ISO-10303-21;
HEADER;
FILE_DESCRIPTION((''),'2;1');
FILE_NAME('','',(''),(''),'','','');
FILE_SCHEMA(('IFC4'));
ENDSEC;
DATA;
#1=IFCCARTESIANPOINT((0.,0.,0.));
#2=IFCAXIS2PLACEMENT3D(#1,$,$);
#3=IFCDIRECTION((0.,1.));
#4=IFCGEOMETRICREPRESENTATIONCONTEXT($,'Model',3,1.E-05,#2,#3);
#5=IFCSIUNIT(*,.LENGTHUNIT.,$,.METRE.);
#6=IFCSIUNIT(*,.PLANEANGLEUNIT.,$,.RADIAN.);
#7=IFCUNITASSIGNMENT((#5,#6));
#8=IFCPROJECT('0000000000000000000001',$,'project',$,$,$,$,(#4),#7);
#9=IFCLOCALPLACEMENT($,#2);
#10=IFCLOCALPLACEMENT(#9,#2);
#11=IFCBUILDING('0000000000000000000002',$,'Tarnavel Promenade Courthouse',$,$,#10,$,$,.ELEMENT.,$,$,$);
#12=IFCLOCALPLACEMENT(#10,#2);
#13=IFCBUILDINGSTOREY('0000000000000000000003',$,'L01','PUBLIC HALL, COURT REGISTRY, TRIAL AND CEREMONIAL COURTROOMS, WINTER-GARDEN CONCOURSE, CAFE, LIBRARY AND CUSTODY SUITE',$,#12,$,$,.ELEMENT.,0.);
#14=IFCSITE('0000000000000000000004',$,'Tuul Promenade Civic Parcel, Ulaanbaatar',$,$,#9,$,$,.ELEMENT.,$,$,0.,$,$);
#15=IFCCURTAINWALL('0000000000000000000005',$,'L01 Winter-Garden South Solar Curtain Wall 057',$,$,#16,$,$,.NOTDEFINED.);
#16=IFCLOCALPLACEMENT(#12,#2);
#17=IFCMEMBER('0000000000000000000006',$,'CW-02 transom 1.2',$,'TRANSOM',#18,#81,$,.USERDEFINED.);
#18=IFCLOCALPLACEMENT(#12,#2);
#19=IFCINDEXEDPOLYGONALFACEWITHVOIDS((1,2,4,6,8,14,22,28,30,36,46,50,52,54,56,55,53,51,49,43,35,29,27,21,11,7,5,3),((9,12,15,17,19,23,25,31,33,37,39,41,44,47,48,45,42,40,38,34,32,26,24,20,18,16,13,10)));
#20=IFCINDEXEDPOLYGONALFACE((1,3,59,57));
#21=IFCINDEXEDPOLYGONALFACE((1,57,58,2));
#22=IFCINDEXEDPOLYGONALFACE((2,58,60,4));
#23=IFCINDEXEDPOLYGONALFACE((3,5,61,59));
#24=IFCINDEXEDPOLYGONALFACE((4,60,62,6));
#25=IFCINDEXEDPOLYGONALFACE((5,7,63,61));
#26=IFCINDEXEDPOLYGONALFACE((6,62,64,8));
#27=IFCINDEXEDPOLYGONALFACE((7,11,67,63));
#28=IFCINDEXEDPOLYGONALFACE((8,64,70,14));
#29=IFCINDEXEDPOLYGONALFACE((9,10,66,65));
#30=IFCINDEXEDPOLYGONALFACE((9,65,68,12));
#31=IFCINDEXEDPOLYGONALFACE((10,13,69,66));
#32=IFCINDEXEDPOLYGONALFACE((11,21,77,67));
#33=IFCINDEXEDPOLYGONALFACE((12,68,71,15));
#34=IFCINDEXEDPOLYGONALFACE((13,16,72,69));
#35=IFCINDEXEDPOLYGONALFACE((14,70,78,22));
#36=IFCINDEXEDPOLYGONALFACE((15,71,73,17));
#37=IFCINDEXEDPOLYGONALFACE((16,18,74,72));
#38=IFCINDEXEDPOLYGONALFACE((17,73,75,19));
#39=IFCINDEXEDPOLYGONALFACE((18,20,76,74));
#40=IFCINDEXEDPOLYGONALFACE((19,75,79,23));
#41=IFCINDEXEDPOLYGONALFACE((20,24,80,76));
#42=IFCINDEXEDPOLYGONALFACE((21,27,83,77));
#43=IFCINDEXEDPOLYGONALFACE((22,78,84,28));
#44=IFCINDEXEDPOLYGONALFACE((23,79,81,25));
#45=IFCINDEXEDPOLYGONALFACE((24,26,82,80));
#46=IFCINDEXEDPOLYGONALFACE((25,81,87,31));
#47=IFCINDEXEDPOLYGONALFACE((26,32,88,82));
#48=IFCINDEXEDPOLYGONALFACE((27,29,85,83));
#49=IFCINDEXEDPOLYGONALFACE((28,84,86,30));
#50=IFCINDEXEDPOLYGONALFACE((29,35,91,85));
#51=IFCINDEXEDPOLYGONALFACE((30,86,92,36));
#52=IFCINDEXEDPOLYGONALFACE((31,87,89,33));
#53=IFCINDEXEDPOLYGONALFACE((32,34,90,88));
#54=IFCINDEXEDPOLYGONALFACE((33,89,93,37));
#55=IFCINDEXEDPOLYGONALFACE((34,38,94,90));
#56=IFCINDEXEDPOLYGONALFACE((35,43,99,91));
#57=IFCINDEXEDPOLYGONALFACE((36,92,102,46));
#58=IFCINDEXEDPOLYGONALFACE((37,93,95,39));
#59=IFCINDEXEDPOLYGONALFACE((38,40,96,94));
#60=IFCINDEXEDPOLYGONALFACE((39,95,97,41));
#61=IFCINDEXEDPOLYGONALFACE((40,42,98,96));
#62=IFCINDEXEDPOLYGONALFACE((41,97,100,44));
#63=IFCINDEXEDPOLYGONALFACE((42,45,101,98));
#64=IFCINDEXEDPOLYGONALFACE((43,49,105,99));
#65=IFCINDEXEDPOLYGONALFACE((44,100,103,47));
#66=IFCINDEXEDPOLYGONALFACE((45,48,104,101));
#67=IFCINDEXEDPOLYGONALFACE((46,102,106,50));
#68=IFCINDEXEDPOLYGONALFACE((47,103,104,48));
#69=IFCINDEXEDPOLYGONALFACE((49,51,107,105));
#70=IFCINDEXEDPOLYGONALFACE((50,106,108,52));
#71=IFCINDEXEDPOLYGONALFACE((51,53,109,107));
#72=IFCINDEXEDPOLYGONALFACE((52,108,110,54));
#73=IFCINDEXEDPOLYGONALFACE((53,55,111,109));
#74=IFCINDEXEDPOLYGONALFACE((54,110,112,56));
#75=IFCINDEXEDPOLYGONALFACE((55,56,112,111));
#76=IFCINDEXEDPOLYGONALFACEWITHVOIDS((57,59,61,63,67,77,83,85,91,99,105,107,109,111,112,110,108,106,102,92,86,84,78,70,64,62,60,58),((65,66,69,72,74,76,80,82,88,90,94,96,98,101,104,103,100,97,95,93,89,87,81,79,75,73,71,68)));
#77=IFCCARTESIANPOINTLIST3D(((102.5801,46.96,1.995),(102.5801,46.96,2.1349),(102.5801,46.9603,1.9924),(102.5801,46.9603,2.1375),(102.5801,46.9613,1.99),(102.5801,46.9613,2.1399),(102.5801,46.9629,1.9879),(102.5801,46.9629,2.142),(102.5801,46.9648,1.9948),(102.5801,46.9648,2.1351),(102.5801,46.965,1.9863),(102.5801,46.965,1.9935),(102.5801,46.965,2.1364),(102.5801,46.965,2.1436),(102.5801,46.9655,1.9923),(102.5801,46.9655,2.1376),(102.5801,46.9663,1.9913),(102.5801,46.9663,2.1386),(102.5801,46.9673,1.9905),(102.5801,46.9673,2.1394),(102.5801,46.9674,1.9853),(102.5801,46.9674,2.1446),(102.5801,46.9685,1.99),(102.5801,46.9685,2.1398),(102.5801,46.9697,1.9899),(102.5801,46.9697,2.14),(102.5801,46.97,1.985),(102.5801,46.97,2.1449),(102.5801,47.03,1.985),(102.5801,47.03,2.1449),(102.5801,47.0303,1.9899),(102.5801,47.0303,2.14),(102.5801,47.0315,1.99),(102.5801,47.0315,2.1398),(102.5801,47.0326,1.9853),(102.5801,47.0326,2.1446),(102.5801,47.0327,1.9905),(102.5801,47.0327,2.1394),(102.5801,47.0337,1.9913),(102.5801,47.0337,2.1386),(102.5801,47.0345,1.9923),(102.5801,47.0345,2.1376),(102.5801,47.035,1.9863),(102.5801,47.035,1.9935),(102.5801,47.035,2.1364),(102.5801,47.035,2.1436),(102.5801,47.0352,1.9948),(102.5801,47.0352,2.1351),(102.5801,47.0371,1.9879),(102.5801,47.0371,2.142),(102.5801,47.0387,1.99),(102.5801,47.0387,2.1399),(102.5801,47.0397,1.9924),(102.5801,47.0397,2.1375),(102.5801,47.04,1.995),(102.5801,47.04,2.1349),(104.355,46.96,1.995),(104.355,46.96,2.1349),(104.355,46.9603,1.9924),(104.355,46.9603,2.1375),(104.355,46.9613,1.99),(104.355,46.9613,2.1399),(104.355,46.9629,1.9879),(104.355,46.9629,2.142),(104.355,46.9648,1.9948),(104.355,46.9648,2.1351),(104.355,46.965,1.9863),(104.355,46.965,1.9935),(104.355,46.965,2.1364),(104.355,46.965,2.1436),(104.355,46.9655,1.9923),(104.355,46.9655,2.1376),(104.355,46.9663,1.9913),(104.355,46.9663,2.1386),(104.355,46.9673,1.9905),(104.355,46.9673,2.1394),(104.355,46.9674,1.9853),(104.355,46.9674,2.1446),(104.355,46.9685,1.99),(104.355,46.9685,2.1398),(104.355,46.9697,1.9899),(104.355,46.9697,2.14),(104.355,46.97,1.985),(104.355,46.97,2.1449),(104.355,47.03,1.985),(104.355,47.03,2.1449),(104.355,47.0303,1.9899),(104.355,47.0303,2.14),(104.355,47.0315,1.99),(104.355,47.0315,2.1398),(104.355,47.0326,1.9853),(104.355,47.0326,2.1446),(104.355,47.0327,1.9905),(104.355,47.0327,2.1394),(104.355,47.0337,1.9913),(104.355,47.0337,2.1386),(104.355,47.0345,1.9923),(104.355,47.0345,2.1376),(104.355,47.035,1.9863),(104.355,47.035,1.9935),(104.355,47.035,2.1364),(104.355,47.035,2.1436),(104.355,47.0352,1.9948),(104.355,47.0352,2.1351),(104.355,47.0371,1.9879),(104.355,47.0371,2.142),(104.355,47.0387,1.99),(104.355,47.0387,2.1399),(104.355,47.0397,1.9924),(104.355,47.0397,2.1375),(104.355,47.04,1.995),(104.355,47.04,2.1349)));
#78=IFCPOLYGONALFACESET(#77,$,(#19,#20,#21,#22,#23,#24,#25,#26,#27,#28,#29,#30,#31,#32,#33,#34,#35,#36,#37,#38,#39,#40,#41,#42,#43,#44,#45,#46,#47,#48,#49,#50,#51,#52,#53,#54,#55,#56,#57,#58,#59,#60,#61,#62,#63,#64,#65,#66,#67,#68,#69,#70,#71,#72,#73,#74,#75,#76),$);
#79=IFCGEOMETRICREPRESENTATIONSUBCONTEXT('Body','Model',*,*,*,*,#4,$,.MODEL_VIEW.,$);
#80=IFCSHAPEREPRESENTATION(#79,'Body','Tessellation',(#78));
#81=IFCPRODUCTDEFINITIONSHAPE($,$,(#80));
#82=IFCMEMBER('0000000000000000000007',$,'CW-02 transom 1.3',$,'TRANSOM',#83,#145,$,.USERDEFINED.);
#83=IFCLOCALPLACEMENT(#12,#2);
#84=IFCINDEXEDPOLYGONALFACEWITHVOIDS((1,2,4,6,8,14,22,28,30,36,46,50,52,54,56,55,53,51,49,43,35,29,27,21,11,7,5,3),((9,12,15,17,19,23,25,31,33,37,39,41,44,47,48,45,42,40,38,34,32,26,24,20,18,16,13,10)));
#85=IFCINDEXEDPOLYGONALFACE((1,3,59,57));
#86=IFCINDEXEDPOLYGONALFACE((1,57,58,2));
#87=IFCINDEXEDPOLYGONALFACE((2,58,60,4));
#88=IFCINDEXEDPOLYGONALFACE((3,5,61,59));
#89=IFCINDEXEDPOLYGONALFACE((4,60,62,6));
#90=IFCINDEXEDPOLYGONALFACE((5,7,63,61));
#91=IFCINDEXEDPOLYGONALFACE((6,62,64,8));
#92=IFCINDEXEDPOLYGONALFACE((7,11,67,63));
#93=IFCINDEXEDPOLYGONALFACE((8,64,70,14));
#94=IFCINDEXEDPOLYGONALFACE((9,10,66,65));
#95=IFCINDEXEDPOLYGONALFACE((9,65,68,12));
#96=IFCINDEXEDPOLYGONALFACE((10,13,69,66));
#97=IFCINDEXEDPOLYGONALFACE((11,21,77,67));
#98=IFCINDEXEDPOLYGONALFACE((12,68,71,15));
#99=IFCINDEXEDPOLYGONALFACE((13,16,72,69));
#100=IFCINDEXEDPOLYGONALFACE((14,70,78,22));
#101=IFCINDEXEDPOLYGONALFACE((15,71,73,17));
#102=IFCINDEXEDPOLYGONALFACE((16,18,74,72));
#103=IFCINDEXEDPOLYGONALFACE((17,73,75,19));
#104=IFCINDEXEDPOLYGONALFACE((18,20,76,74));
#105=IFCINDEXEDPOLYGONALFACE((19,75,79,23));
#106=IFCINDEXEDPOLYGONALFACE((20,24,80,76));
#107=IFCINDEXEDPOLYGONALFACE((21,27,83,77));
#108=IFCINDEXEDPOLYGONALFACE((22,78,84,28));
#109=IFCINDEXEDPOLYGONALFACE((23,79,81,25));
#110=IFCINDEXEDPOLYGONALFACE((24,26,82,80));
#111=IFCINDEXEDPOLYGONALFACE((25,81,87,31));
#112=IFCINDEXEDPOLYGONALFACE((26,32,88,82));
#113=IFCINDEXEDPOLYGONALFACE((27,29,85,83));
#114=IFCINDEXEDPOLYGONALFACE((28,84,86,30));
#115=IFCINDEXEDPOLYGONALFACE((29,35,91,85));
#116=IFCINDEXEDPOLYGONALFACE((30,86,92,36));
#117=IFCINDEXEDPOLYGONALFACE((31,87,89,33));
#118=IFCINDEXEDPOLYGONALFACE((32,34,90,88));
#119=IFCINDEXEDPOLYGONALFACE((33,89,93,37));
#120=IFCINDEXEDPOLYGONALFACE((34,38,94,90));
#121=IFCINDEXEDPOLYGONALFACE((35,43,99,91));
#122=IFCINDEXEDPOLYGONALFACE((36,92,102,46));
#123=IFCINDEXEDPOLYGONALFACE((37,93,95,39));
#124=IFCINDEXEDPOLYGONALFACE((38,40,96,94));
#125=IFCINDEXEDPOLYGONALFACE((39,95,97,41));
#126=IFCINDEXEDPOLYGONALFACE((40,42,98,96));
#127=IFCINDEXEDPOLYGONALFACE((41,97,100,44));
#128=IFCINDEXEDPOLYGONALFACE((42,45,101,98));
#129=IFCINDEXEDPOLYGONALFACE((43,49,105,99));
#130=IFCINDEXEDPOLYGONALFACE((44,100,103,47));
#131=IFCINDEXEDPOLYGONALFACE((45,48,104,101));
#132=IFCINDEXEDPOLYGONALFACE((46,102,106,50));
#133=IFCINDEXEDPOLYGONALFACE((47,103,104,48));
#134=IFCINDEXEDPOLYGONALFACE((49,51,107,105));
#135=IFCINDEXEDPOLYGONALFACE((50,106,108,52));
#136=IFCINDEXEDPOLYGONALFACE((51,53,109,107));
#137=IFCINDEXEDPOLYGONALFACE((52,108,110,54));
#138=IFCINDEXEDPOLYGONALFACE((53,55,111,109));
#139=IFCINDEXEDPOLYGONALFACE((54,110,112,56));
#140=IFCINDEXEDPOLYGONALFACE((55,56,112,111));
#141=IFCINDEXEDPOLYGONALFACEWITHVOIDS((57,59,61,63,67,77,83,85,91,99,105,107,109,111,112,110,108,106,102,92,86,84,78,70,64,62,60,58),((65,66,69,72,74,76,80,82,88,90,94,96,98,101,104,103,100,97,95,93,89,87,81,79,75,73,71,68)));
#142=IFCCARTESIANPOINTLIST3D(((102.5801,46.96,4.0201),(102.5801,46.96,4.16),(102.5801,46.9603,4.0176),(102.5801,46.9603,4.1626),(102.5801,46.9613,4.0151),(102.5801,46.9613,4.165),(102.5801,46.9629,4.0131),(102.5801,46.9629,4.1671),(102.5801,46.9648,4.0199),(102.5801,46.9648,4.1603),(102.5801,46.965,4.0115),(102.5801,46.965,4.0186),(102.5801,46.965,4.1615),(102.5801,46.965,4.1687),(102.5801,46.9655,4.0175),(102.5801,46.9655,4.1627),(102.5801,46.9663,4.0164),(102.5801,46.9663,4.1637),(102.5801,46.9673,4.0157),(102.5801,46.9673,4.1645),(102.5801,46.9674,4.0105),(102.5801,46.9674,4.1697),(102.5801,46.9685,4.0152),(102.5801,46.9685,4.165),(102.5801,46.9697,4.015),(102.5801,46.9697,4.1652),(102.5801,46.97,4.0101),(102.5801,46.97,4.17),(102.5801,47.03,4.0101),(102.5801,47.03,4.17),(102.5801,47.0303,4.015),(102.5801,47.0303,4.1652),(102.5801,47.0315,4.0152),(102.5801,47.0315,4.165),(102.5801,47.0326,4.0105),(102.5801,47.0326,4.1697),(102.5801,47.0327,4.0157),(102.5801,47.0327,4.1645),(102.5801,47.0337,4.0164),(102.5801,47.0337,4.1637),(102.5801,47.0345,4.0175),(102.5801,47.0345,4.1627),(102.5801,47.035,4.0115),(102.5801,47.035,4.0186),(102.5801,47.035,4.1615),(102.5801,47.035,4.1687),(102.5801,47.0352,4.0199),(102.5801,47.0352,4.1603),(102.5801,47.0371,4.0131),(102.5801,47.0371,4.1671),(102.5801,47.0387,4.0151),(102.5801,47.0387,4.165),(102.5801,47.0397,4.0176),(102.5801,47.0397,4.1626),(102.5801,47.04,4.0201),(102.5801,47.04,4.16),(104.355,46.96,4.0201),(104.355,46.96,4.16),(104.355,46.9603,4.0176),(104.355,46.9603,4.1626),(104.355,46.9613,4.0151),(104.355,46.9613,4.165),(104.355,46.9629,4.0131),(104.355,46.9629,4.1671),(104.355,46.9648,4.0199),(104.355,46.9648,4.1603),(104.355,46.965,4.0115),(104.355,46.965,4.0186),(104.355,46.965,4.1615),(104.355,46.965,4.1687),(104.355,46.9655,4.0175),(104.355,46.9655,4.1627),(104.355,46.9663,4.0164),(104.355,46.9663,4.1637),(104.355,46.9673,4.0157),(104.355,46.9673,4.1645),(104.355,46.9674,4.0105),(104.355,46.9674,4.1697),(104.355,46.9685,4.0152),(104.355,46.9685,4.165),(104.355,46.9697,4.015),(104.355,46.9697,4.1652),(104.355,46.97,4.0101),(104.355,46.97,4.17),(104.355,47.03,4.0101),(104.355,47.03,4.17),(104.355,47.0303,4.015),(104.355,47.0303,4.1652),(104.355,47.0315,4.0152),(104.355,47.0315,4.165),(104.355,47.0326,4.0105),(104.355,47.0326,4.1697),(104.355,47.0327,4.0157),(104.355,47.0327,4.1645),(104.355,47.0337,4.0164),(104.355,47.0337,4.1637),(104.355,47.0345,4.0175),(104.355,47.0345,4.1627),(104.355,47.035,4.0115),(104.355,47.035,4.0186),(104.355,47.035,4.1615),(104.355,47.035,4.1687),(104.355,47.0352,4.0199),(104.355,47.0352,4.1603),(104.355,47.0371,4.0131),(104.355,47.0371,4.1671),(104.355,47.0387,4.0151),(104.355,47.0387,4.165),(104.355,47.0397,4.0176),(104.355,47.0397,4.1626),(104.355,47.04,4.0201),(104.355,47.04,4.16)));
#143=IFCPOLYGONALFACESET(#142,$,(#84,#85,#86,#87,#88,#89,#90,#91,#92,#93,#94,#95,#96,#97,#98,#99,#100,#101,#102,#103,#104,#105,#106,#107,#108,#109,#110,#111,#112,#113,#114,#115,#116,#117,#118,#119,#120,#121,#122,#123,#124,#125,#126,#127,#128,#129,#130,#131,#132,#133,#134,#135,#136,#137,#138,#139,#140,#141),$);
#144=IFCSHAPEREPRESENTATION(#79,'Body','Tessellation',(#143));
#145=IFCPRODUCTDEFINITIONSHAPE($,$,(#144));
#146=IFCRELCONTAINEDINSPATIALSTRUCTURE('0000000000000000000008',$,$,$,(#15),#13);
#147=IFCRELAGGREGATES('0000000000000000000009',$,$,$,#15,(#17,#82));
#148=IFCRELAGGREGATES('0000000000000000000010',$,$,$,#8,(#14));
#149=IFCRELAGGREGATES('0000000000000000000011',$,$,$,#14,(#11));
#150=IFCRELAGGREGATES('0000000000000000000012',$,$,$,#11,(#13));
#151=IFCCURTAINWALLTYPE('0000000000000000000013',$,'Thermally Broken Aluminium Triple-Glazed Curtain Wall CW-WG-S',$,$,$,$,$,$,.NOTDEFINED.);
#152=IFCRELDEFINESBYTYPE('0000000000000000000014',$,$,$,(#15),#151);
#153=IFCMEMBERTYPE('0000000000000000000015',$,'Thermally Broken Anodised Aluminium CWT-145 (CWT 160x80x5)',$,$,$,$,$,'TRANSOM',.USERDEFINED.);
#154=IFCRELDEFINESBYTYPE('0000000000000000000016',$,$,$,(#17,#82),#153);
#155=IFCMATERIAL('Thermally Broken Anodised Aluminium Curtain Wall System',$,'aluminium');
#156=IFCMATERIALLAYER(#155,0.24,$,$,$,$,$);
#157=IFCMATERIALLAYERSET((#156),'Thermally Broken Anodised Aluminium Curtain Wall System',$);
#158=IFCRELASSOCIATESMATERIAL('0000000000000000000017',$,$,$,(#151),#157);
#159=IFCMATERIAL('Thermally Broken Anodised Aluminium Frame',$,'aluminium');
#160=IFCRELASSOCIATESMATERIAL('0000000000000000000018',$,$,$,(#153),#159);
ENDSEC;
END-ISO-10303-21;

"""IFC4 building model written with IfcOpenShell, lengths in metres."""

from ifc_helpers import new_model, si_unit, direction, frame, origin, origin_2d, place, context, subcontext, project, spatial, hollow_rectangle, extrude, material, layer, layer_set, material_profile, profile_set, type_object, element, aggregate, save


model = new_model("IFC4")

# Units and contexts
model_context = context("Model", 3, precision=1e-05, world=origin(), true_north=direction((0.0, 1.0)))
body_context = subcontext(model_context, "Body", "Model", "MODEL_VIEW")
ifc_project = project(units=[si_unit("LENGTHUNIT", "METRE"), si_unit("PLANEANGLEUNIT", "RADIAN")], contexts=[model_context])

# Site, building, storey
site_placement = place(None, origin())
site = spatial("IfcSite", under=ifc_project, at=site_placement, Name="Tuul Promenade Civic Parcel, Ulaanbaatar", CompositionType="ELEMENT", RefElevation=0.0)
building_placement = place(site_placement, origin())
building = spatial("IfcBuilding", under=site, at=building_placement, Name="Tarnavel Promenade Courthouse", CompositionType="ELEMENT")
storey_placement = place(building_placement, origin())
storey = spatial("IfcBuildingStorey", under=building, at=storey_placement, Name="L01", Description="PUBLIC HALL, COURT REGISTRY, TRIAL AND CEREMONIAL COURTROOMS, WINTER-GARDEN CONCOURSE, CAFE, LIBRARY AND CUSTODY SUITE", CompositionType="ELEMENT", Elevation=0.0)

# Shared definitions
ifc_material_1 = material(Name="Thermally Broken Anodised Aluminium Curtain Wall System", Category="aluminium")
ifc_layer_1 = layer(ifc_material_1, 0.24)
ifc_layer_set_1 = layer_set([ifc_layer_1], Name="Thermally Broken Anodised Aluminium Curtain Wall System")
curtain_wall_type = type_object("IfcCurtainWallType", Name="Thermally Broken Aluminium Triple-Glazed Curtain Wall CW-WG-S", PredefinedType="NOTDEFINED", material=ifc_layer_set_1)
ifc_material_2 = material(Name="Thermally Broken Anodised Aluminium Frame", Category="aluminium")

# Curtain wall
curtain_wall_1_placement = place(storey_placement, origin())
curtain_wall_1 = element("IfcCurtainWall", 1, at=curtain_wall_1_placement, inside=storey, type_object=curtain_wall_type, Name="L01 Winter-Garden South Solar Curtain Wall 057", PredefinedType="NOTDEFINED")

# Members
ifc_material_profile_1 = material_profile(ifc_material_2, hollow_rectangle(XDim=0.0801, YDim=0.1599, WallThickness=0.0049, InnerFilletRadius=0.0049, OuterFilletRadius=0.01, at=origin_2d()), Name="CWT 160x80x5")
ifc_profile_set_1 = profile_set([ifc_material_profile_1], Name="Thermally Broken Anodised Aluminium Frame")
member_type_1 = type_object("IfcMemberType", Name="Thermally Broken Anodised Aluminium CWT-145 (CWT 160x80x5)", ElementType="TRANSOM", PredefinedType="USERDEFINED", material=ifc_profile_set_1)
member_1_placement = place(storey_placement, frame((102.5801, 47.0, 2.0649), z_axis=(1.0, 0.0, 0.0), x_axis=(0.0, 1.0, 0.0)))
member_1 = element("IfcMember", 2, at=member_1_placement, type_object=member_type_1, Name="CW-02 transom 1.2", ObjectType="TRANSOM", PredefinedType="USERDEFINED", context=body_context, shape_type="SweptSolid", body=[
    extrude(hollow_rectangle(XDim=0.0801, YDim=0.1599, WallThickness=0.0049, InnerFilletRadius=0.0049, OuterFilletRadius=0.01, at=origin_2d()), origin(), (0.0, 0.0, 1.0), 1.7749),
])
member_2_placement = place(storey_placement, frame((102.5801, 47.0, 4.0901), z_axis=(1.0, 0.0, 0.0), x_axis=(0.0, 1.0, 0.0)))
member_2 = element("IfcMember", 3, at=member_2_placement, type_object=member_type_1, Name="CW-02 transom 1.3", ObjectType="TRANSOM", PredefinedType="USERDEFINED", context=body_context, shape_type="SweptSolid", body=[
    extrude(hollow_rectangle(XDim=0.0801, YDim=0.1599, WallThickness=0.0049, InnerFilletRadius=0.0049, OuterFilletRadius=0.01, at=origin_2d()), origin(), (0.0, 0.0, 1.0), 1.7749),
])

aggregate(curtain_wall_1, [member_1, member_2])

save(model, "model.ifc")
